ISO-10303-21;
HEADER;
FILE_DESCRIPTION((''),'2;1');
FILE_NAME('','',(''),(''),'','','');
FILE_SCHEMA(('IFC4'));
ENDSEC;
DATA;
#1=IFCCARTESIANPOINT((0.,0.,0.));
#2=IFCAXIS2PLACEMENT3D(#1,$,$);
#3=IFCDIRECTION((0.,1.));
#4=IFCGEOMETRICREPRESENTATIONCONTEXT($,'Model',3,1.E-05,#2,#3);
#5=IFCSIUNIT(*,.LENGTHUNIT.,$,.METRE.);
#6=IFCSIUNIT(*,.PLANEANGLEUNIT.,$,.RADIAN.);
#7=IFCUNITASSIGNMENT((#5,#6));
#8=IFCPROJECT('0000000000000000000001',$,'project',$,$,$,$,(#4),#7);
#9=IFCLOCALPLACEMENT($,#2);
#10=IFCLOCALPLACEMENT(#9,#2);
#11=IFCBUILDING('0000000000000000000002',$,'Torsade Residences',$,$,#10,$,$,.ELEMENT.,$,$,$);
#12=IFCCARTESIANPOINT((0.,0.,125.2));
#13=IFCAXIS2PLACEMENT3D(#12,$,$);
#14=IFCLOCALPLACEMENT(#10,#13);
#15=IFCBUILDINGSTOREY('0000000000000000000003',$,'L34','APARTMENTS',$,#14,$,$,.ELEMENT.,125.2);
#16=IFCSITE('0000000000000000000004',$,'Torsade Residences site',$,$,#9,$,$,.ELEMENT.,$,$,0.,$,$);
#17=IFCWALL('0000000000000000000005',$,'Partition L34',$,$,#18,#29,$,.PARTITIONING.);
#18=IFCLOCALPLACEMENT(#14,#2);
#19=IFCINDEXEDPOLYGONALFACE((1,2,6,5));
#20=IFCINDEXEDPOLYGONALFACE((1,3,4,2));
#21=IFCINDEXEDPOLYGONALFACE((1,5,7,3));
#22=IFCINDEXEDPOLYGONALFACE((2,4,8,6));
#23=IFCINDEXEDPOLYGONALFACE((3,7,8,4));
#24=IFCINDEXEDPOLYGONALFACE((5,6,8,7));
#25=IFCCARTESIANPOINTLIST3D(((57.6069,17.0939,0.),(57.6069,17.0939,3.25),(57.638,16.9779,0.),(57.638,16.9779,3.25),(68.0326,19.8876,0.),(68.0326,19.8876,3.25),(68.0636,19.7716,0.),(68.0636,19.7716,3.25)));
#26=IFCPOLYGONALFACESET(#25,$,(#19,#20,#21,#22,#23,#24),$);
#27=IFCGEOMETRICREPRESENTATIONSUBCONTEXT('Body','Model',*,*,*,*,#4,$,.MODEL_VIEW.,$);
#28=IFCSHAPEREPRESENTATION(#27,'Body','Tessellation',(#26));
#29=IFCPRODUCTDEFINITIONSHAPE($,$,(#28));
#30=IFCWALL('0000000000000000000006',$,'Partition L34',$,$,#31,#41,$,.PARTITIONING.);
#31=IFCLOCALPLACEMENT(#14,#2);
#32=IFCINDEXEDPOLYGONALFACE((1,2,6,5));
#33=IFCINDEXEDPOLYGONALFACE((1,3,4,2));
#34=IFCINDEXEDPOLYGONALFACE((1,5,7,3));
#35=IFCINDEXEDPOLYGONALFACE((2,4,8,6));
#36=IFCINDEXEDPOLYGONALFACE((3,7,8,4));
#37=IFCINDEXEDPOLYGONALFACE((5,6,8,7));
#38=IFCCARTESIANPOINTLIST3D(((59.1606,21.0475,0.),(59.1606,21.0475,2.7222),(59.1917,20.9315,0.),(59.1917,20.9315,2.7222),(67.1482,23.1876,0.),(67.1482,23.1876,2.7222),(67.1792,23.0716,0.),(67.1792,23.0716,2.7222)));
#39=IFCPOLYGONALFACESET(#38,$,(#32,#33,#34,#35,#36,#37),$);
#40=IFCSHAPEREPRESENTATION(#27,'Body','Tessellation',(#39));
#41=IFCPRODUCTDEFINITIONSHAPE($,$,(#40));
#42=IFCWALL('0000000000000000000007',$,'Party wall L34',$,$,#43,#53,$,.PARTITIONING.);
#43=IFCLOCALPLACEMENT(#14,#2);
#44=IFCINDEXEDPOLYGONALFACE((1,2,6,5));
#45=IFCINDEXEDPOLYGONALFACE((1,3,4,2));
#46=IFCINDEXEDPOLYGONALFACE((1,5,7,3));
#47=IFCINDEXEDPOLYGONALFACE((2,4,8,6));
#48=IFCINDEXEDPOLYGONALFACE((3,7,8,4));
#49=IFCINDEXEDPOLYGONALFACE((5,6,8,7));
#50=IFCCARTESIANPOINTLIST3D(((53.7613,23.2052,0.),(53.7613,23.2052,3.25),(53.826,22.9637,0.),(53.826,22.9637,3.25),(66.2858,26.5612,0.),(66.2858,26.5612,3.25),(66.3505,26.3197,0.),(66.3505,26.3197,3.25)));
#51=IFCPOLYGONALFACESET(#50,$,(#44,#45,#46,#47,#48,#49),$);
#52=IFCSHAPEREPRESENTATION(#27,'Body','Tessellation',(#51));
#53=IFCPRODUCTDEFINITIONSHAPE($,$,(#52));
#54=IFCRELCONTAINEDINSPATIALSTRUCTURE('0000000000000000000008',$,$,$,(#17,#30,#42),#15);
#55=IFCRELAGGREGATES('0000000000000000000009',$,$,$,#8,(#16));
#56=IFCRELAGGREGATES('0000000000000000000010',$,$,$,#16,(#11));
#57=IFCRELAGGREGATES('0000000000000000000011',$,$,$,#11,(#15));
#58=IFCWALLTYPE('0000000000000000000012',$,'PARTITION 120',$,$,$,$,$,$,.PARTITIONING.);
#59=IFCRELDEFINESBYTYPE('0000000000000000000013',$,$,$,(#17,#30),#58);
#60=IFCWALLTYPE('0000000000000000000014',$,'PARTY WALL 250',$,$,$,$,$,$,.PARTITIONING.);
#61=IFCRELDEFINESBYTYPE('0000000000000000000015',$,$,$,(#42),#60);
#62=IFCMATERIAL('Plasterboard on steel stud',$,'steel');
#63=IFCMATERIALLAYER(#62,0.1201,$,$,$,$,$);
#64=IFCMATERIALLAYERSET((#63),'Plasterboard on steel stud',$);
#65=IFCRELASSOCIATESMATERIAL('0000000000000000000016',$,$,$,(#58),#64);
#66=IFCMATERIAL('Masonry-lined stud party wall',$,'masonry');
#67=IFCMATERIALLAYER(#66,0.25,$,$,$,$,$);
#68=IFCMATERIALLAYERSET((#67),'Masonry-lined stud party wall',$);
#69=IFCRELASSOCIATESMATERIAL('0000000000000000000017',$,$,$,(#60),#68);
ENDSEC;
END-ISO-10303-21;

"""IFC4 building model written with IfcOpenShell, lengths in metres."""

from ifc_helpers import new_model, si_unit, direction, frame, frame_2d, origin, place, context, subcontext, project, spatial, rectangle, extrude, material, layer, layer_set, type_object, element, save


model = new_model("IFC4")

# Units and contexts
model_context = context("Model", 3, precision=1e-05, world=origin(), true_north=direction((0.0, 1.0)))
body_context = subcontext(model_context, "Body", "Model", "MODEL_VIEW")
ifc_project = project(units=[si_unit("LENGTHUNIT", "METRE"), si_unit("PLANEANGLEUNIT", "RADIAN")], contexts=[model_context])

# Site, building, storey
site_placement = place(None, origin())
site = spatial("IfcSite", under=ifc_project, at=site_placement, Name="Torsade Residences site", CompositionType="ELEMENT", RefElevation=0.0)
building_placement = place(site_placement, origin())
building = spatial("IfcBuilding", under=site, at=building_placement, Name="Torsade Residences", CompositionType="ELEMENT")
storey_placement = place(building_placement, frame((0.0, 0.0, 125.2)))
storey = spatial("IfcBuildingStorey", under=building, at=storey_placement, Name="L34", Description="APARTMENTS", CompositionType="ELEMENT", Elevation=125.2)

# Walls
ifc_material_1 = material(Name="Plasterboard on steel stud", Category="steel")
ifc_layer_1 = layer(ifc_material_1, 0.1201)
ifc_layer_set_1 = layer_set([ifc_layer_1], Name="Plasterboard on steel stud")
wall_type_1 = type_object("IfcWallType", Name="PARTITION 120", PredefinedType="PARTITIONING", material=ifc_layer_set_1)
wall_1_placement = place(storey_placement, frame((68.0481, 19.8296, 0.0), z_axis=(0.0, 0.0, 1.0), x_axis=(-0.965921, -0.258835, 0.0)))
element("IfcWall", 1, at=wall_1_placement, inside=storey, type_object=wall_type_1, Name="Partition L34", PredefinedType="PARTITIONING", context=body_context, shape_type="SweptSolid", body=[
    extrude(rectangle(XDim=10.7935, YDim=0.1201, at=frame_2d((5.3967, 0.0))), origin(), (0.0, 0.0, 1.0), 3.25),
])
wall_2_placement = place(storey_placement, frame((67.1638, 23.1296, 0.0), z_axis=(0.0, 0.0, 1.0), x_axis=(-0.965929, -0.258805, 0.0)))
element("IfcWall", 2, at=wall_2_placement, inside=storey, type_object=wall_type_1, Name="Partition L34", PredefinedType="PARTITIONING", context=body_context, shape_type="SweptSolid", body=[
    extrude(rectangle(XDim=8.2693, YDim=0.1201, at=frame_2d((4.1348, 0.0))), origin(), (0.0, 0.0, 1.0), 2.7222),
])
ifc_material_2 = material(Name="Masonry-lined stud party wall", Category="masonry")
ifc_layer_2 = layer(ifc_material_2, 0.25)
ifc_layer_set_2 = layer_set([ifc_layer_2], Name="Masonry-lined stud party wall")
wall_type_2 = type_object("IfcWallType", Name="PARTY WALL 250", PredefinedType="PARTITIONING", material=ifc_layer_set_2)
wall_3_placement = place(storey_placement, frame((66.3181, 26.4404, 0.0), z_axis=(0.0, 0.0, 1.0), x_axis=(-0.965925, -0.258823, 0.0)))
element("IfcWall", 3, at=wall_3_placement, inside=storey, type_object=wall_type_2, Name="Party wall L34", PredefinedType="PARTITIONING", context=body_context, shape_type="SweptSolid", body=[
    extrude(rectangle(XDim=12.9663, YDim=0.25, at=frame_2d((6.4832, 0.0))), origin(), (0.0, 0.0, 1.0), 3.25),
])

save(model, "model.ifc")
